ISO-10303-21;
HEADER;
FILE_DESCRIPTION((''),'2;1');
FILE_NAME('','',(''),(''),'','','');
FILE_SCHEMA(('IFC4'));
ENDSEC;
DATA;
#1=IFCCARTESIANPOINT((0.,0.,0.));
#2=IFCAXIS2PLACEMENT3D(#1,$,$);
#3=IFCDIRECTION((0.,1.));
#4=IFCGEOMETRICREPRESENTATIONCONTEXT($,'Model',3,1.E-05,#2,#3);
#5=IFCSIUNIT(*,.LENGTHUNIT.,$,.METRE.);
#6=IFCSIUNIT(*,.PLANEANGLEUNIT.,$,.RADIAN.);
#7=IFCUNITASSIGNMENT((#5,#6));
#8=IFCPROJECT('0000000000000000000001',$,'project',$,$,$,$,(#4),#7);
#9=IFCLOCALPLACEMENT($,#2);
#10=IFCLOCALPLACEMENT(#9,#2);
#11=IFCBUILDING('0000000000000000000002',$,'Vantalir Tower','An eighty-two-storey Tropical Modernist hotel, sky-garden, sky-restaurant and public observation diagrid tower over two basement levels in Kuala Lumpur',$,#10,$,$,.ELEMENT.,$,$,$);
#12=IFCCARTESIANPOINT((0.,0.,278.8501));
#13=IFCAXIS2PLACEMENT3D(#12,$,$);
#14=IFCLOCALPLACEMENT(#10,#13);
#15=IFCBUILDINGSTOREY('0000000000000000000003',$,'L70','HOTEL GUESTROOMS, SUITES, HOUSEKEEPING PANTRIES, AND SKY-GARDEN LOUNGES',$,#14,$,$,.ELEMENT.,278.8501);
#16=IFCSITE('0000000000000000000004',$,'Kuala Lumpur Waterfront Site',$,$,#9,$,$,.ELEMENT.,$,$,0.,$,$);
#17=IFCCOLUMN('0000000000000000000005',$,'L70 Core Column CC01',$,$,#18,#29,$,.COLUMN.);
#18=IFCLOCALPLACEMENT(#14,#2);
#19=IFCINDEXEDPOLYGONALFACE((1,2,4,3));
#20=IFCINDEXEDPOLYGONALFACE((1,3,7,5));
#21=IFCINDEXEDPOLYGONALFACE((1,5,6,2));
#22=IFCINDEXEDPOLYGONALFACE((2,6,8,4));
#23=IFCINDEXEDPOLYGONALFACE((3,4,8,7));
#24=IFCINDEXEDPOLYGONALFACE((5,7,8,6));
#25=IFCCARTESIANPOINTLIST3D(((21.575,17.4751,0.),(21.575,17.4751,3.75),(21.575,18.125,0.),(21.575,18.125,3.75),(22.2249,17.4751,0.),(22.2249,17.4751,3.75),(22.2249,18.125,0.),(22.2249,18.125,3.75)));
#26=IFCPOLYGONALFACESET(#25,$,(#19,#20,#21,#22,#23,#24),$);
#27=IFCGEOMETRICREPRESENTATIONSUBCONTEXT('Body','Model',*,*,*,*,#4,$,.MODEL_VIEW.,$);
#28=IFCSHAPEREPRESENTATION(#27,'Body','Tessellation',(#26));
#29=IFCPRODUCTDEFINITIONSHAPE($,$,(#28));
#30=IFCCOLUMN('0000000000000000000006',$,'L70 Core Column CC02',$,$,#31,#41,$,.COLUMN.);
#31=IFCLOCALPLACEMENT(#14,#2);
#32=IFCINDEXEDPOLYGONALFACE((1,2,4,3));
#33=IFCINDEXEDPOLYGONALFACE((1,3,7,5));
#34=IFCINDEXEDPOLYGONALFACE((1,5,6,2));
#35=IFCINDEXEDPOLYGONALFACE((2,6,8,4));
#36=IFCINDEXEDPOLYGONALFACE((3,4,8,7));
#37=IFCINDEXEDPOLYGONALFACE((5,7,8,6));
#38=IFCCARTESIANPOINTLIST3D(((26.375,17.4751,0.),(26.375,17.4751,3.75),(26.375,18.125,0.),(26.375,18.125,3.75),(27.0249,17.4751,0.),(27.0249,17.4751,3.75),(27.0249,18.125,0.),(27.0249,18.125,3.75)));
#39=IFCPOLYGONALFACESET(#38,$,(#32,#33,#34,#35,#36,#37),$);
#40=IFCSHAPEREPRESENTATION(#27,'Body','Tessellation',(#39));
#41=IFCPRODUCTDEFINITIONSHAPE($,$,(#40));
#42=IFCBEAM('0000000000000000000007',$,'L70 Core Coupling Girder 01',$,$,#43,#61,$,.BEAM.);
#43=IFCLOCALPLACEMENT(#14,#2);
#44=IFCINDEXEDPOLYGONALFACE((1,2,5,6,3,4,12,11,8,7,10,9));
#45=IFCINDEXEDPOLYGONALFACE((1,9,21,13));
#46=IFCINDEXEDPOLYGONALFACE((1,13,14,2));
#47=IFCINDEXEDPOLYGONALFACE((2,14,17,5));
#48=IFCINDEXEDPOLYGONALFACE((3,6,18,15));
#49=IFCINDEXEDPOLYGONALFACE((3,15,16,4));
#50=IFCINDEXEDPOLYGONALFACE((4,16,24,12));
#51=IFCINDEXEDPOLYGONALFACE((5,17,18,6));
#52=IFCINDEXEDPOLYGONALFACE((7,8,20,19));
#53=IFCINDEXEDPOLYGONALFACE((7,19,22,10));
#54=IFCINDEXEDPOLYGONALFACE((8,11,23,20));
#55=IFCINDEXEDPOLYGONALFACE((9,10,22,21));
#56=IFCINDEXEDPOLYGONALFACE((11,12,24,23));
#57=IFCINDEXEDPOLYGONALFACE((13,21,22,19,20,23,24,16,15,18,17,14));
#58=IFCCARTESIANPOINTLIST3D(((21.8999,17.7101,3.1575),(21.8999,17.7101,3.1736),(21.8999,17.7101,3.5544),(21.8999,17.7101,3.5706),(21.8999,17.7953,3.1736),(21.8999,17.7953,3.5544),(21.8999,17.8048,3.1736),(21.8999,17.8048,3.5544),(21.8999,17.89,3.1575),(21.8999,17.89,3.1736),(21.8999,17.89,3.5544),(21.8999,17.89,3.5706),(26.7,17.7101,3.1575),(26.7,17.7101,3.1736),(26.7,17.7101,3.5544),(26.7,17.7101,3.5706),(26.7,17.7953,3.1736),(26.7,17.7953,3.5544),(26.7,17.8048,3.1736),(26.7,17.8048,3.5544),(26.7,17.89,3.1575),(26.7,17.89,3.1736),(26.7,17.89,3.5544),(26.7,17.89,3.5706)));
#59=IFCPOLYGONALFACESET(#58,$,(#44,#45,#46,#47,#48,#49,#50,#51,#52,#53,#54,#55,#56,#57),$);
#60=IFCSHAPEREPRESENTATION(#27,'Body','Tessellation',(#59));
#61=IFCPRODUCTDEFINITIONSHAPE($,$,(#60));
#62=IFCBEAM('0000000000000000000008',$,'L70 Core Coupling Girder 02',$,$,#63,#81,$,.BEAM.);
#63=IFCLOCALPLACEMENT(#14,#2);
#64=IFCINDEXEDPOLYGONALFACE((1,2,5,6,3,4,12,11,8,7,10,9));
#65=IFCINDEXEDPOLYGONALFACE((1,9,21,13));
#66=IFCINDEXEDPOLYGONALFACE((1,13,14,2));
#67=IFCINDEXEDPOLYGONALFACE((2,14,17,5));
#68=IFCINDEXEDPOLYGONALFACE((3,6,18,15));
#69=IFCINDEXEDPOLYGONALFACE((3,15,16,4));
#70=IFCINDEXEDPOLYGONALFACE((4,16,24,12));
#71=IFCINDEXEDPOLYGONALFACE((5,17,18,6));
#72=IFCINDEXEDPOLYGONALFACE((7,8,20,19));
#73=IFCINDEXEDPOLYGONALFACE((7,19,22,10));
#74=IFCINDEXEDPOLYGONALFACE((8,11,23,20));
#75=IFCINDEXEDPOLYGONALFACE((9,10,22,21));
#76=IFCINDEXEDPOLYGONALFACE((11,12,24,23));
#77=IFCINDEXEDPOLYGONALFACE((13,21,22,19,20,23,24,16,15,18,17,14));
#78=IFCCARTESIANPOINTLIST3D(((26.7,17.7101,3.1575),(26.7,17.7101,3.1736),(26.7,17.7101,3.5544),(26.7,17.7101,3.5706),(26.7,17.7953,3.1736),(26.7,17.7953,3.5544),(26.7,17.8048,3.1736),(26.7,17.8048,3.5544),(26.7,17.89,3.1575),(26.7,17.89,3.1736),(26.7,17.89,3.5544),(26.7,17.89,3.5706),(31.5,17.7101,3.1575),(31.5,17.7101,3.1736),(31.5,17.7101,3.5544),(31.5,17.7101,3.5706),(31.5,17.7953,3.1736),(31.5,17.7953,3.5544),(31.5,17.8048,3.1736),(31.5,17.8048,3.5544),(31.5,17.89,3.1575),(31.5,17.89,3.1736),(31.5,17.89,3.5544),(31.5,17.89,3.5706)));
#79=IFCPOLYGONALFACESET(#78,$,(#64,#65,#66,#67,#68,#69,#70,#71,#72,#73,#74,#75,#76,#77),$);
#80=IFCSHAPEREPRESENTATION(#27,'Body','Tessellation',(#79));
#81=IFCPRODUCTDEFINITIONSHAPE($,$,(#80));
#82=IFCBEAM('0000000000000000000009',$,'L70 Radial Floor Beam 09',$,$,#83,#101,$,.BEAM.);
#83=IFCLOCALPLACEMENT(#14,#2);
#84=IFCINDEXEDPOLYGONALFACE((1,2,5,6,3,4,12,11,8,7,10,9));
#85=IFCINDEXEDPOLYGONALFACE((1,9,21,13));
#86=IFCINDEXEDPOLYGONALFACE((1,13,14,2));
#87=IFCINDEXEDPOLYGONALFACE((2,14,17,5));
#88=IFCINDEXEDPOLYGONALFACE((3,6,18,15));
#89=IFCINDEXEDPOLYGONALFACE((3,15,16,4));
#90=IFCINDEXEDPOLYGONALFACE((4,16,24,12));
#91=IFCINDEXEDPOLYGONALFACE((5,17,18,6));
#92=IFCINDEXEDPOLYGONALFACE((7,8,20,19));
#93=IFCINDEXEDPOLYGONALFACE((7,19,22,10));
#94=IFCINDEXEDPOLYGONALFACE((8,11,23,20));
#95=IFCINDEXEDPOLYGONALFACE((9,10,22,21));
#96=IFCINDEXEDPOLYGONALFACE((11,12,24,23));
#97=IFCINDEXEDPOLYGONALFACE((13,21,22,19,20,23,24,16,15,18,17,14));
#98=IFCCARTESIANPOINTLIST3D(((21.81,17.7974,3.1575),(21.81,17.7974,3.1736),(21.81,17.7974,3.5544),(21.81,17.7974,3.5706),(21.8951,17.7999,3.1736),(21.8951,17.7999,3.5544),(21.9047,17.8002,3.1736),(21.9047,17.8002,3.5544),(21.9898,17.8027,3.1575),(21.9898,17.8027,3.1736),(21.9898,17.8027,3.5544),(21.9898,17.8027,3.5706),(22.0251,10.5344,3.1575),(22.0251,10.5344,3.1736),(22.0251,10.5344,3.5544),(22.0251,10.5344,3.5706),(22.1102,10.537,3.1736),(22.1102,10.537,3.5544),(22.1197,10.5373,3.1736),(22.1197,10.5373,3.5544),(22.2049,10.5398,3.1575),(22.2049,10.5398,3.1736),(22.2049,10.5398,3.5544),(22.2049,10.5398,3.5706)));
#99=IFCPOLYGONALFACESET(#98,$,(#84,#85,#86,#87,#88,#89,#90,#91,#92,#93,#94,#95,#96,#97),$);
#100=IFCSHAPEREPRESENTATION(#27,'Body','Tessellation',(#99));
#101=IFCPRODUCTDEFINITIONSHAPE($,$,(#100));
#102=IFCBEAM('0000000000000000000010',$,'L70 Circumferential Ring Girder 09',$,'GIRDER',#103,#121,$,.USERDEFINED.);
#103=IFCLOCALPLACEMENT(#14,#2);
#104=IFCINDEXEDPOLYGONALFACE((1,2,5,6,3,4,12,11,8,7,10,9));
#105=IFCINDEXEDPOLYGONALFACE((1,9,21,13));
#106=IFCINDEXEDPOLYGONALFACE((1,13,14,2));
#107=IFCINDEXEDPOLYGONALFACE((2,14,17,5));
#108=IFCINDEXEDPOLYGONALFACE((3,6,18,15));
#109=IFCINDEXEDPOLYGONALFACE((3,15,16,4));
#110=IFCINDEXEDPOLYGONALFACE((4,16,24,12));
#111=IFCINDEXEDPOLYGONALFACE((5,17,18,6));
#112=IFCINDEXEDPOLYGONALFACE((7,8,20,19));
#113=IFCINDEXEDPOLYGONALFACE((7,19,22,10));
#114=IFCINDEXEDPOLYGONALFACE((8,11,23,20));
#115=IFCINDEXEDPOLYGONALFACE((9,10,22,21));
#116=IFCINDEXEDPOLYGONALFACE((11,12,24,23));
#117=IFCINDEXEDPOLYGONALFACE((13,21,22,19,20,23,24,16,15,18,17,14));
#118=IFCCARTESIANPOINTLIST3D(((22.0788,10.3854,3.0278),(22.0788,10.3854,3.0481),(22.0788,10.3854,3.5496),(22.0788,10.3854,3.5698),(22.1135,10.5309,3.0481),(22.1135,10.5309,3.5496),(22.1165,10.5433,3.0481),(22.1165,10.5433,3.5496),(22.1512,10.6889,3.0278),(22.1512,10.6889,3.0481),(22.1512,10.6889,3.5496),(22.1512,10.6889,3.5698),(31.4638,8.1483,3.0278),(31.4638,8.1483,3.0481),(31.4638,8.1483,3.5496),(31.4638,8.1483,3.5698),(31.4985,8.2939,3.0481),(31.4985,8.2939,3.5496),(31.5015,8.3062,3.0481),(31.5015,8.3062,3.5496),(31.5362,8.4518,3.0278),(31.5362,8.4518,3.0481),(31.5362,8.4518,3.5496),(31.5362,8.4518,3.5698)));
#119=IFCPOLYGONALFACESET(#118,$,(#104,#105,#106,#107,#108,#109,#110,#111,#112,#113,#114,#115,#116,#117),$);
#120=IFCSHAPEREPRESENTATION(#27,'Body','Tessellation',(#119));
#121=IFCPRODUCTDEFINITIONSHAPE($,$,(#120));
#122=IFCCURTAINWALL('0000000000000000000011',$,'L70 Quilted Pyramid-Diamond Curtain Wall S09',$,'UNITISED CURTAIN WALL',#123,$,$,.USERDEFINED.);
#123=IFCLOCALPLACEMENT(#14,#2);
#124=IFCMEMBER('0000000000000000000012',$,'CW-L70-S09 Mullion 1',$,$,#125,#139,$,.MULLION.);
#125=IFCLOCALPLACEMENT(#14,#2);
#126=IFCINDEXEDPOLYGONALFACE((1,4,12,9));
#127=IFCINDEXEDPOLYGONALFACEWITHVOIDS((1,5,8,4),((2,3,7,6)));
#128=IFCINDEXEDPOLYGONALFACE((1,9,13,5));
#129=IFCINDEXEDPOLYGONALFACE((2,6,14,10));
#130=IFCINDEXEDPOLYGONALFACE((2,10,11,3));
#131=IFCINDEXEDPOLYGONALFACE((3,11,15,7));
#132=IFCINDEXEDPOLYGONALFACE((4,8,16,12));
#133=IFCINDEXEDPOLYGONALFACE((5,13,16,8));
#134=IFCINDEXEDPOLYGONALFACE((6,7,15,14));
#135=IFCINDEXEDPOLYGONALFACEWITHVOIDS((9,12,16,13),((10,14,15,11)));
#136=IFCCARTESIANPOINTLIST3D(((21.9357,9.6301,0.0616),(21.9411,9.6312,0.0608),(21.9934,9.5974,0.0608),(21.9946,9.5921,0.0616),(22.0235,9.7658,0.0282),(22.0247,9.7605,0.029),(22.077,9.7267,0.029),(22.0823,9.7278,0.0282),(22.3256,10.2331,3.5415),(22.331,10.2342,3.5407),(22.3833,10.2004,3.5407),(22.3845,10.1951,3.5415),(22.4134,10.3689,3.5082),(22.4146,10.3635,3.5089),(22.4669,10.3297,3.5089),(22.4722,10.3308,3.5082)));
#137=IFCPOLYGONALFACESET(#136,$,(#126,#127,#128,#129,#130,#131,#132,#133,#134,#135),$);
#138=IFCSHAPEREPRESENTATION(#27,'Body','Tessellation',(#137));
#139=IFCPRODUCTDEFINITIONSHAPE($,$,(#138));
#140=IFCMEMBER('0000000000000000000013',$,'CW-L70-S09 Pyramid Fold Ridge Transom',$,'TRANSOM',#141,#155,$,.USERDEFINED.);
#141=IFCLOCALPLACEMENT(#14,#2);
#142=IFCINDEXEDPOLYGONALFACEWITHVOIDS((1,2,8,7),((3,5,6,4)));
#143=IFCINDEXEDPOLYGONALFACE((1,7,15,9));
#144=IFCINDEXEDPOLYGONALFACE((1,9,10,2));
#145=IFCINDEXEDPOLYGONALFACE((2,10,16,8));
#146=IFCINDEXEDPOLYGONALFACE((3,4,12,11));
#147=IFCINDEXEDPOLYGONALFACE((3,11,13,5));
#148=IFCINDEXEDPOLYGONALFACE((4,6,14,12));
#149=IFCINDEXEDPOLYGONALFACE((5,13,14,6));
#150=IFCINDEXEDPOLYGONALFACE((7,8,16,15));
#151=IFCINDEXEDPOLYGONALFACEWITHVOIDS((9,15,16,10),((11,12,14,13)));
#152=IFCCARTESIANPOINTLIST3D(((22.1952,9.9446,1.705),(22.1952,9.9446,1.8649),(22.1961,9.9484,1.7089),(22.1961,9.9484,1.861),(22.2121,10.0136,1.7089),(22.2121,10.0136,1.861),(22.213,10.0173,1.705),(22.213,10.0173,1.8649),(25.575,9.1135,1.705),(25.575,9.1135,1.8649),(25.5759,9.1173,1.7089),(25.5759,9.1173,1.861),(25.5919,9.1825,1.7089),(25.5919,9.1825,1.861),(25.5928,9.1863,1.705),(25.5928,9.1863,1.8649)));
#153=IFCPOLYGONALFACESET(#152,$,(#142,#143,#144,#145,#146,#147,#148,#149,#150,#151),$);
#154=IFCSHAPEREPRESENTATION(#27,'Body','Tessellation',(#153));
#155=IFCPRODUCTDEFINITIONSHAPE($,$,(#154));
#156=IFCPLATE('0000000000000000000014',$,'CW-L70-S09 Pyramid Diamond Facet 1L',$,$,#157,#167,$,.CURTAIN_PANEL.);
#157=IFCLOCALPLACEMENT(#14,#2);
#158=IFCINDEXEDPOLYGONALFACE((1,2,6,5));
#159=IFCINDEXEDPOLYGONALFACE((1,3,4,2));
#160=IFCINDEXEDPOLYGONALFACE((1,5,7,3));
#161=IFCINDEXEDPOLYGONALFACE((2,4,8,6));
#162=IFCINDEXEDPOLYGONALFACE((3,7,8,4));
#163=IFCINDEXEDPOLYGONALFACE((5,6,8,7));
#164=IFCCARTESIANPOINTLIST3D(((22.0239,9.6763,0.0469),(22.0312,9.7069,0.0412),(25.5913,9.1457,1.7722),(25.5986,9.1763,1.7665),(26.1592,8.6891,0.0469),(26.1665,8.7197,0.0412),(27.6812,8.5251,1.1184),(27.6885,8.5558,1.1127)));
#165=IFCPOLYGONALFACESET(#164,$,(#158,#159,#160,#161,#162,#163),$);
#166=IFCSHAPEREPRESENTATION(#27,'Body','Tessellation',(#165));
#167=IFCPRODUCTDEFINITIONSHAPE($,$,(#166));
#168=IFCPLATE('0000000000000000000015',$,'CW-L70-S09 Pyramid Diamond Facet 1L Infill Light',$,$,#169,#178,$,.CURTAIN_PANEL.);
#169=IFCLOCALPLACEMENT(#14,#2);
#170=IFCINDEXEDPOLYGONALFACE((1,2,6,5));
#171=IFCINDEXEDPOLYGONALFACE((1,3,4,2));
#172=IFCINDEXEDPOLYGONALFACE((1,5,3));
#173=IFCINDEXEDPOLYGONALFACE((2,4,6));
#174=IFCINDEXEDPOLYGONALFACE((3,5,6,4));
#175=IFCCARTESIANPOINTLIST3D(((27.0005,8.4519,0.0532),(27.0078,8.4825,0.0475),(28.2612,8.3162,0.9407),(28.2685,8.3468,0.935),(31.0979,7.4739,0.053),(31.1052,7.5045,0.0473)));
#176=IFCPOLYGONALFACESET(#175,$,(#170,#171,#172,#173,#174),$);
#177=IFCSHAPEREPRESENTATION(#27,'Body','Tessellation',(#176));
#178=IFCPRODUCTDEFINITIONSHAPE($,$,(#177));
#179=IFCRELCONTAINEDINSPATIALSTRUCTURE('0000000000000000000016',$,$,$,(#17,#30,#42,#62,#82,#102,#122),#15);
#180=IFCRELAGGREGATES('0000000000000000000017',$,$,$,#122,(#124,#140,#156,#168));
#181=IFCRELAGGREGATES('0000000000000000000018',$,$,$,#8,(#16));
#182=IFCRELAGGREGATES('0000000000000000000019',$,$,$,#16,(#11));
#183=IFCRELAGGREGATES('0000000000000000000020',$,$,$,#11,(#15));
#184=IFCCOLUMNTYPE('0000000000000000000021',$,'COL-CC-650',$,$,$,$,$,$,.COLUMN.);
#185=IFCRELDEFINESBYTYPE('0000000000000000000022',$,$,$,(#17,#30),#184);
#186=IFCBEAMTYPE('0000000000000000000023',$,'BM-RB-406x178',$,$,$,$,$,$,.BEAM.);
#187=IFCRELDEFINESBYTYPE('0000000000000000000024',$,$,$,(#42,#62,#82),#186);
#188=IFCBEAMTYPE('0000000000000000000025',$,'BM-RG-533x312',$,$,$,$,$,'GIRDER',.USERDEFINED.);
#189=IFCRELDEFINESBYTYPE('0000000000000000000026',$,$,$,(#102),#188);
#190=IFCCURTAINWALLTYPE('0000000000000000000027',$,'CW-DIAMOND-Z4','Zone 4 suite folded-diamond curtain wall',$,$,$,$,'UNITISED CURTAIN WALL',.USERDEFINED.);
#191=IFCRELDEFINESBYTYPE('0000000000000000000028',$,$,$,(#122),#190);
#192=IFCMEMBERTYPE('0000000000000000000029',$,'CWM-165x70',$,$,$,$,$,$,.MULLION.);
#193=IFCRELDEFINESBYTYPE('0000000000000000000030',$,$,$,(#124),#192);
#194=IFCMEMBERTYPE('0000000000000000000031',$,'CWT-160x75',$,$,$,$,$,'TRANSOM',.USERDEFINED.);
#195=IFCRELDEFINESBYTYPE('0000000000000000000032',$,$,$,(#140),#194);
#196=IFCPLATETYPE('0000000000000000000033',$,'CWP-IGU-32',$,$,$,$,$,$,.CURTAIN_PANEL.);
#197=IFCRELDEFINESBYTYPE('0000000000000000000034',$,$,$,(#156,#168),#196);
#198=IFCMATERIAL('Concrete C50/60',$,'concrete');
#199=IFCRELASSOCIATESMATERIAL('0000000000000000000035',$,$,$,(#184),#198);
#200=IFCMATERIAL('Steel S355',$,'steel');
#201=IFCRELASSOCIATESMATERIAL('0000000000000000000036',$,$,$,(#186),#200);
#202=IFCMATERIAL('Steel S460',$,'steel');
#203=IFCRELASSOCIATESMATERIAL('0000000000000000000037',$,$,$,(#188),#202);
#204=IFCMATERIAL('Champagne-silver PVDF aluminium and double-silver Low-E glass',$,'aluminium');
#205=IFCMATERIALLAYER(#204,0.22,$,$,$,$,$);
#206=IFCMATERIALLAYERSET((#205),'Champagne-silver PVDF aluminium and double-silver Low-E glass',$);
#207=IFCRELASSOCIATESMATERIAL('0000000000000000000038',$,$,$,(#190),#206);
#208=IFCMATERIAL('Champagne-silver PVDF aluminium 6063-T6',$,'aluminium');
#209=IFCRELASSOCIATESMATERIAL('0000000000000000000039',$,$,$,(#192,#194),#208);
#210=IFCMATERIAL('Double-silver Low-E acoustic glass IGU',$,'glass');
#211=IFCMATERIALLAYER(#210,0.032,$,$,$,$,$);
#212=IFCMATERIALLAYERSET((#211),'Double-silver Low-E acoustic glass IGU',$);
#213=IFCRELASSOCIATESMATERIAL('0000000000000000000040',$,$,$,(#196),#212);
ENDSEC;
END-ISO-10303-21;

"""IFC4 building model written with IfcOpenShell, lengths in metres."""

from ifc_helpers import new_model, si_unit, direction, frame, origin, origin_2d, place, context, subcontext, project, spatial, polyline, rectangle, hollow_rectangle, i_section, outline, extrude, material, layer, layer_set, material_profile, profile_set, type_object, element, aggregate, save


model = new_model("IFC4")

# Units and contexts
model_context = context("Model", 3, precision=1e-05, world=origin(), true_north=direction((0.0, 1.0)))
body_context = subcontext(model_context, "Body", "Model", "MODEL_VIEW")
ifc_project = project(units=[si_unit("LENGTHUNIT", "METRE"), si_unit("PLANEANGLEUNIT", "RADIAN")], contexts=[model_context])

# Site, building, storey
site_placement = place(None, origin())
site = spatial("IfcSite", under=ifc_project, at=site_placement, Name="Kuala Lumpur Waterfront Site", CompositionType="ELEMENT", RefElevation=0.0)
building_placement = place(site_placement, origin())
building = spatial("IfcBuilding", under=site, at=building_placement, Name="Vantalir Tower", Description="An eighty-two-storey Tropical Modernist hotel, sky-garden, sky-restaurant and public observation diagrid tower over two basement levels in Kuala Lumpur", CompositionType="ELEMENT")
storey_placement = place(building_placement, frame((0.0, 0.0, 278.8501)))
storey = spatial("IfcBuildingStorey", under=building, at=storey_placement, Name="L70", Description="HOTEL GUESTROOMS, SUITES, HOUSEKEEPING PANTRIES, AND SKY-GARDEN LOUNGES", CompositionType="ELEMENT", Elevation=278.8501)

# Columns
ifc_material_1 = material(Name="Concrete C50/60", Category="concrete")
ifc_material_profile_1 = material_profile(ifc_material_1, rectangle(XDim=0.6499, YDim=0.6499, at=origin_2d()), Name="Concrete C50/60")
ifc_profile_set_1 = profile_set([ifc_material_profile_1], Name="Concrete C50/60")
column_type = type_object("IfcColumnType", Name="COL-CC-650", PredefinedType="COLUMN", material=ifc_profile_set_1)
for number, where, z_axis, x_axis, name in (
    (1, (21.8999, 17.8, 0.0), (0.0, 0.0, 1.0), (1.0, 0.0, 0.0), "L70 Core Column CC01"),
    (2, (26.7, 17.8, 0.0), (0.0, 0.0, 1.0), (1.0, 0.0, 0.0), "L70 Core Column CC02"),
):
    element("IfcColumn", number, at=place(storey_placement, frame(where, z_axis=z_axis, x_axis=x_axis)), inside=storey, type_object=column_type, Name=name, PredefinedType="COLUMN", context=body_context, shape_type="SweptSolid", body=[
        extrude(rectangle(XDim=0.6499, YDim=0.6499, at=origin_2d()), origin(), (0.0, 0.0, 1.0), 3.75),
    ])

# Beams
ifc_material_2 = material(Name="Steel S355", Category="steel")
ifc_material_profile_2 = material_profile(ifc_material_2, i_section(OverallWidth=0.1799, OverallDepth=0.4131, WebThickness=0.0095, FlangeThickness=0.0161, at=origin_2d()), Name="Steel S355")
ifc_profile_set_2 = profile_set([ifc_material_profile_2], Name="Steel S355")
beam_type_1 = type_object("IfcBeamType", Name="BM-RB-406x178", PredefinedType="BEAM", material=ifc_profile_set_2)
for number, where, z_axis, x_axis, name in (
    (3, (21.8999, 17.8, 3.364), (1.0, 0.0, 0.0), (0.0, 1.0, 0.0), "L70 Core Coupling Girder 01"),
    (4, (26.7, 17.8, 3.364), (1.0, 0.0, 0.0), (0.0, 1.0, 0.0), "L70 Core Coupling Girder 02"),
):
    element("IfcBeam", number, at=place(storey_placement, frame(where, z_axis=z_axis, x_axis=x_axis)), inside=storey, type_object=beam_type_1, Name=name, PredefinedType="BEAM", context=body_context, shape_type="SweptSolid", body=[
        extrude(i_section(OverallWidth=0.1799, OverallDepth=0.4131, WebThickness=0.0095, FlangeThickness=0.0161, at=origin_2d()), origin(), (0.0, 0.0, 1.0), 4.8),
    ])
beam_1_placement = place(storey_placement, frame((22.115, 10.5371, 3.364), z_axis=(-0.029601, 0.999562, 0.0), x_axis=(-0.999562, -0.029601, 0.0)))
element("IfcBeam", 5, at=beam_1_placement, inside=storey, type_object=beam_type_1, Name="L70 Radial Floor Beam 09", PredefinedType="BEAM", context=body_context, shape_type="SweptSolid", body=[
    extrude(i_section(OverallWidth=0.1799, OverallDepth=0.4131, WebThickness=0.0095, FlangeThickness=0.0161, at=origin_2d()), origin(), (0.0, 0.0, 1.0), 7.2661),
])
ifc_material_3 = material(Name="Steel S460", Category="steel")
ifc_material_profile_3 = material_profile(ifc_material_3, i_section(OverallWidth=0.312, OverallDepth=0.542, WebThickness=0.0127, FlangeThickness=0.0203, at=origin_2d()), Name="Steel S460")
ifc_profile_set_3 = profile_set([ifc_material_profile_3], Name="Steel S460")
beam_type_2 = type_object("IfcBeamType", Name="BM-RG-533x312", ElementType="GIRDER", PredefinedType="USERDEFINED", material=ifc_profile_set_3)
beam_2_placement = place(storey_placement, frame((22.115, 10.5371, 3.2988), z_axis=(0.972747, -0.231869, 0.0), x_axis=(0.231869, 0.972747, 0.0)))
element("IfcBeam", 6, at=beam_2_placement, inside=storey, type_object=beam_type_2, Name="L70 Circumferential Ring Girder 09", ObjectType="GIRDER", PredefinedType="USERDEFINED", context=body_context, shape_type="SweptSolid", body=[
    extrude(i_section(OverallWidth=0.312, OverallDepth=0.542, WebThickness=0.0127, FlangeThickness=0.0203, at=origin_2d()), origin(), (0.0, 0.0, 1.0), 9.6479),
])

# Curtain wall, members, plates
ifc_material_4 = material(Name="Champagne-silver PVDF aluminium and double-silver Low-E glass", Category="aluminium")
ifc_layer_1 = layer(ifc_material_4, 0.22)
ifc_layer_set_1 = layer_set([ifc_layer_1], Name="Champagne-silver PVDF aluminium and double-silver Low-E glass")
curtain_wall_type = type_object("IfcCurtainWallType", Name="CW-DIAMOND-Z4", Description="Zone 4 suite folded-diamond curtain wall", ElementType="UNITISED CURTAIN WALL", PredefinedType="USERDEFINED", material=ifc_layer_set_1)
curtain_wall_placement = place(storey_placement, origin())
curtain_wall = element("IfcCurtainWall", 7, at=curtain_wall_placement, inside=storey, type_object=curtain_wall_type, Name="L70 Quilted Pyramid-Diamond Curtain Wall S09", ObjectType="UNITISED CURTAIN WALL", PredefinedType="USERDEFINED")
ifc_material_5 = material(Name="Champagne-silver PVDF aluminium 6063-T6", Category="aluminium")
ifc_material_profile_4 = material_profile(ifc_material_5, hollow_rectangle(XDim=0.0701, YDim=0.165, WallThickness=0.0039, at=origin_2d()), Name="Champagne-silver PVDF aluminium 6063-T6")
ifc_profile_set_4 = profile_set([ifc_material_profile_4], Name="Champagne-silver PVDF aluminium 6063-T6")
member_type_1 = type_object("IfcMemberType", Name="CWM-165x70", PredefinedType="MULLION", material=ifc_profile_set_4)
member_1_placement = place(storey_placement, frame((22.009, 9.679, 0.0449), z_axis=(0.109727, 0.169709, 0.979367), x_axis=(-0.839762, 0.542955, 0.0)))
member_1 = element("IfcMember", 8, at=member_1_placement, type_object=member_type_1, Name="CW-L70-S09 Mullion 1", PredefinedType="MULLION", context=body_context, shape_type="SweptSolid", body=[
    extrude(hollow_rectangle(XDim=0.0701, YDim=0.165, WallThickness=0.0039, at=origin_2d()), origin(), (0.0, 0.0, 1.0), 3.5532),
])
ifc_material_profile_5 = material_profile(ifc_material_5, hollow_rectangle(XDim=0.075, YDim=0.1599, WallThickness=0.0039, at=origin_2d()), Name="Champagne-silver PVDF aluminium 6063-T6")
ifc_profile_set_5 = profile_set([ifc_material_profile_5], Name="Champagne-silver PVDF aluminium 6063-T6")
member_type_2 = type_object("IfcMemberType", Name="CWT-160x75", ElementType="TRANSOM", PredefinedType="USERDEFINED", material=ifc_profile_set_5)
member_2_placement = place(storey_placement, frame((22.2041, 9.981, 1.7849), z_axis=(0.971076, -0.238771, 0.0), x_axis=(0.238771, 0.971076, 0.0)))
member_2 = element("IfcMember", 9, at=member_2_placement, type_object=member_type_2, Name="CW-L70-S09 Pyramid Fold Ridge Transom", ObjectType="TRANSOM", PredefinedType="USERDEFINED", context=body_context, shape_type="SweptSolid", body=[
    extrude(hollow_rectangle(XDim=0.075, YDim=0.1599, WallThickness=0.0039, at=origin_2d()), origin(), (0.0, 0.0, 1.0), 3.4805),
])
ifc_material_6 = material(Name="Double-silver Low-E acoustic glass IGU", Category="glass")
ifc_layer_2 = layer(ifc_material_6, 0.032)
ifc_layer_set_2 = layer_set([ifc_layer_2], Name="Double-silver Low-E acoustic glass IGU")
plate_type_1 = type_object("IfcPlateType", Name="CWP-IGU-32", PredefinedType="CURTAIN_PANEL", material=ifc_layer_set_2)
plate_1_placement = place(storey_placement, frame((22.0239, 9.6763, 0.0469), z_axis=(-0.228481, -0.957126, 0.178064), x_axis=(0.97267, -0.232191, 0.000004)))
plate_1 = element("IfcPlate", 10, at=plate_1_placement, type_object=plate_type_1, Name="CW-L70-S09 Pyramid Diamond Facet 1L", PredefinedType="CURTAIN_PANEL", context=body_context, shape_type="SweptSolid", body=[
    extrude(outline(polyline([(0.0, 0.0), (4.2514, 0.0), (5.7699, 1.0889), (3.5931, 1.7534), (0.0, 0.0)])), origin(), (0.0, 0.0, -1.0), 0.032),
])
plate_2_placement = place(storey_placement, frame((27.0005, 8.4519, 0.0532), z_axis=(-0.228448, -0.957119, 0.178142), x_axis=(0.972675, -0.232172, -0.000058)))
plate_2 = element("IfcPlate", 11, at=plate_2_placement, type_object=plate_type_1, Name="CW-L70-S09 Pyramid Diamond Facet 1L Infill Light", PredefinedType="CURTAIN_PANEL", context=body_context, shape_type="SweptSolid", body=[
    extrude(outline(polyline([(0.0, 0.0), (4.2125, 0.0), (1.2578, 0.902), (0.0, 0.0)])), origin(), (0.0, 0.0, -1.0), 0.032),
])
aggregate(curtain_wall, [member_1, member_2, plate_1, plate_2])

save(model, "model.ifc")
